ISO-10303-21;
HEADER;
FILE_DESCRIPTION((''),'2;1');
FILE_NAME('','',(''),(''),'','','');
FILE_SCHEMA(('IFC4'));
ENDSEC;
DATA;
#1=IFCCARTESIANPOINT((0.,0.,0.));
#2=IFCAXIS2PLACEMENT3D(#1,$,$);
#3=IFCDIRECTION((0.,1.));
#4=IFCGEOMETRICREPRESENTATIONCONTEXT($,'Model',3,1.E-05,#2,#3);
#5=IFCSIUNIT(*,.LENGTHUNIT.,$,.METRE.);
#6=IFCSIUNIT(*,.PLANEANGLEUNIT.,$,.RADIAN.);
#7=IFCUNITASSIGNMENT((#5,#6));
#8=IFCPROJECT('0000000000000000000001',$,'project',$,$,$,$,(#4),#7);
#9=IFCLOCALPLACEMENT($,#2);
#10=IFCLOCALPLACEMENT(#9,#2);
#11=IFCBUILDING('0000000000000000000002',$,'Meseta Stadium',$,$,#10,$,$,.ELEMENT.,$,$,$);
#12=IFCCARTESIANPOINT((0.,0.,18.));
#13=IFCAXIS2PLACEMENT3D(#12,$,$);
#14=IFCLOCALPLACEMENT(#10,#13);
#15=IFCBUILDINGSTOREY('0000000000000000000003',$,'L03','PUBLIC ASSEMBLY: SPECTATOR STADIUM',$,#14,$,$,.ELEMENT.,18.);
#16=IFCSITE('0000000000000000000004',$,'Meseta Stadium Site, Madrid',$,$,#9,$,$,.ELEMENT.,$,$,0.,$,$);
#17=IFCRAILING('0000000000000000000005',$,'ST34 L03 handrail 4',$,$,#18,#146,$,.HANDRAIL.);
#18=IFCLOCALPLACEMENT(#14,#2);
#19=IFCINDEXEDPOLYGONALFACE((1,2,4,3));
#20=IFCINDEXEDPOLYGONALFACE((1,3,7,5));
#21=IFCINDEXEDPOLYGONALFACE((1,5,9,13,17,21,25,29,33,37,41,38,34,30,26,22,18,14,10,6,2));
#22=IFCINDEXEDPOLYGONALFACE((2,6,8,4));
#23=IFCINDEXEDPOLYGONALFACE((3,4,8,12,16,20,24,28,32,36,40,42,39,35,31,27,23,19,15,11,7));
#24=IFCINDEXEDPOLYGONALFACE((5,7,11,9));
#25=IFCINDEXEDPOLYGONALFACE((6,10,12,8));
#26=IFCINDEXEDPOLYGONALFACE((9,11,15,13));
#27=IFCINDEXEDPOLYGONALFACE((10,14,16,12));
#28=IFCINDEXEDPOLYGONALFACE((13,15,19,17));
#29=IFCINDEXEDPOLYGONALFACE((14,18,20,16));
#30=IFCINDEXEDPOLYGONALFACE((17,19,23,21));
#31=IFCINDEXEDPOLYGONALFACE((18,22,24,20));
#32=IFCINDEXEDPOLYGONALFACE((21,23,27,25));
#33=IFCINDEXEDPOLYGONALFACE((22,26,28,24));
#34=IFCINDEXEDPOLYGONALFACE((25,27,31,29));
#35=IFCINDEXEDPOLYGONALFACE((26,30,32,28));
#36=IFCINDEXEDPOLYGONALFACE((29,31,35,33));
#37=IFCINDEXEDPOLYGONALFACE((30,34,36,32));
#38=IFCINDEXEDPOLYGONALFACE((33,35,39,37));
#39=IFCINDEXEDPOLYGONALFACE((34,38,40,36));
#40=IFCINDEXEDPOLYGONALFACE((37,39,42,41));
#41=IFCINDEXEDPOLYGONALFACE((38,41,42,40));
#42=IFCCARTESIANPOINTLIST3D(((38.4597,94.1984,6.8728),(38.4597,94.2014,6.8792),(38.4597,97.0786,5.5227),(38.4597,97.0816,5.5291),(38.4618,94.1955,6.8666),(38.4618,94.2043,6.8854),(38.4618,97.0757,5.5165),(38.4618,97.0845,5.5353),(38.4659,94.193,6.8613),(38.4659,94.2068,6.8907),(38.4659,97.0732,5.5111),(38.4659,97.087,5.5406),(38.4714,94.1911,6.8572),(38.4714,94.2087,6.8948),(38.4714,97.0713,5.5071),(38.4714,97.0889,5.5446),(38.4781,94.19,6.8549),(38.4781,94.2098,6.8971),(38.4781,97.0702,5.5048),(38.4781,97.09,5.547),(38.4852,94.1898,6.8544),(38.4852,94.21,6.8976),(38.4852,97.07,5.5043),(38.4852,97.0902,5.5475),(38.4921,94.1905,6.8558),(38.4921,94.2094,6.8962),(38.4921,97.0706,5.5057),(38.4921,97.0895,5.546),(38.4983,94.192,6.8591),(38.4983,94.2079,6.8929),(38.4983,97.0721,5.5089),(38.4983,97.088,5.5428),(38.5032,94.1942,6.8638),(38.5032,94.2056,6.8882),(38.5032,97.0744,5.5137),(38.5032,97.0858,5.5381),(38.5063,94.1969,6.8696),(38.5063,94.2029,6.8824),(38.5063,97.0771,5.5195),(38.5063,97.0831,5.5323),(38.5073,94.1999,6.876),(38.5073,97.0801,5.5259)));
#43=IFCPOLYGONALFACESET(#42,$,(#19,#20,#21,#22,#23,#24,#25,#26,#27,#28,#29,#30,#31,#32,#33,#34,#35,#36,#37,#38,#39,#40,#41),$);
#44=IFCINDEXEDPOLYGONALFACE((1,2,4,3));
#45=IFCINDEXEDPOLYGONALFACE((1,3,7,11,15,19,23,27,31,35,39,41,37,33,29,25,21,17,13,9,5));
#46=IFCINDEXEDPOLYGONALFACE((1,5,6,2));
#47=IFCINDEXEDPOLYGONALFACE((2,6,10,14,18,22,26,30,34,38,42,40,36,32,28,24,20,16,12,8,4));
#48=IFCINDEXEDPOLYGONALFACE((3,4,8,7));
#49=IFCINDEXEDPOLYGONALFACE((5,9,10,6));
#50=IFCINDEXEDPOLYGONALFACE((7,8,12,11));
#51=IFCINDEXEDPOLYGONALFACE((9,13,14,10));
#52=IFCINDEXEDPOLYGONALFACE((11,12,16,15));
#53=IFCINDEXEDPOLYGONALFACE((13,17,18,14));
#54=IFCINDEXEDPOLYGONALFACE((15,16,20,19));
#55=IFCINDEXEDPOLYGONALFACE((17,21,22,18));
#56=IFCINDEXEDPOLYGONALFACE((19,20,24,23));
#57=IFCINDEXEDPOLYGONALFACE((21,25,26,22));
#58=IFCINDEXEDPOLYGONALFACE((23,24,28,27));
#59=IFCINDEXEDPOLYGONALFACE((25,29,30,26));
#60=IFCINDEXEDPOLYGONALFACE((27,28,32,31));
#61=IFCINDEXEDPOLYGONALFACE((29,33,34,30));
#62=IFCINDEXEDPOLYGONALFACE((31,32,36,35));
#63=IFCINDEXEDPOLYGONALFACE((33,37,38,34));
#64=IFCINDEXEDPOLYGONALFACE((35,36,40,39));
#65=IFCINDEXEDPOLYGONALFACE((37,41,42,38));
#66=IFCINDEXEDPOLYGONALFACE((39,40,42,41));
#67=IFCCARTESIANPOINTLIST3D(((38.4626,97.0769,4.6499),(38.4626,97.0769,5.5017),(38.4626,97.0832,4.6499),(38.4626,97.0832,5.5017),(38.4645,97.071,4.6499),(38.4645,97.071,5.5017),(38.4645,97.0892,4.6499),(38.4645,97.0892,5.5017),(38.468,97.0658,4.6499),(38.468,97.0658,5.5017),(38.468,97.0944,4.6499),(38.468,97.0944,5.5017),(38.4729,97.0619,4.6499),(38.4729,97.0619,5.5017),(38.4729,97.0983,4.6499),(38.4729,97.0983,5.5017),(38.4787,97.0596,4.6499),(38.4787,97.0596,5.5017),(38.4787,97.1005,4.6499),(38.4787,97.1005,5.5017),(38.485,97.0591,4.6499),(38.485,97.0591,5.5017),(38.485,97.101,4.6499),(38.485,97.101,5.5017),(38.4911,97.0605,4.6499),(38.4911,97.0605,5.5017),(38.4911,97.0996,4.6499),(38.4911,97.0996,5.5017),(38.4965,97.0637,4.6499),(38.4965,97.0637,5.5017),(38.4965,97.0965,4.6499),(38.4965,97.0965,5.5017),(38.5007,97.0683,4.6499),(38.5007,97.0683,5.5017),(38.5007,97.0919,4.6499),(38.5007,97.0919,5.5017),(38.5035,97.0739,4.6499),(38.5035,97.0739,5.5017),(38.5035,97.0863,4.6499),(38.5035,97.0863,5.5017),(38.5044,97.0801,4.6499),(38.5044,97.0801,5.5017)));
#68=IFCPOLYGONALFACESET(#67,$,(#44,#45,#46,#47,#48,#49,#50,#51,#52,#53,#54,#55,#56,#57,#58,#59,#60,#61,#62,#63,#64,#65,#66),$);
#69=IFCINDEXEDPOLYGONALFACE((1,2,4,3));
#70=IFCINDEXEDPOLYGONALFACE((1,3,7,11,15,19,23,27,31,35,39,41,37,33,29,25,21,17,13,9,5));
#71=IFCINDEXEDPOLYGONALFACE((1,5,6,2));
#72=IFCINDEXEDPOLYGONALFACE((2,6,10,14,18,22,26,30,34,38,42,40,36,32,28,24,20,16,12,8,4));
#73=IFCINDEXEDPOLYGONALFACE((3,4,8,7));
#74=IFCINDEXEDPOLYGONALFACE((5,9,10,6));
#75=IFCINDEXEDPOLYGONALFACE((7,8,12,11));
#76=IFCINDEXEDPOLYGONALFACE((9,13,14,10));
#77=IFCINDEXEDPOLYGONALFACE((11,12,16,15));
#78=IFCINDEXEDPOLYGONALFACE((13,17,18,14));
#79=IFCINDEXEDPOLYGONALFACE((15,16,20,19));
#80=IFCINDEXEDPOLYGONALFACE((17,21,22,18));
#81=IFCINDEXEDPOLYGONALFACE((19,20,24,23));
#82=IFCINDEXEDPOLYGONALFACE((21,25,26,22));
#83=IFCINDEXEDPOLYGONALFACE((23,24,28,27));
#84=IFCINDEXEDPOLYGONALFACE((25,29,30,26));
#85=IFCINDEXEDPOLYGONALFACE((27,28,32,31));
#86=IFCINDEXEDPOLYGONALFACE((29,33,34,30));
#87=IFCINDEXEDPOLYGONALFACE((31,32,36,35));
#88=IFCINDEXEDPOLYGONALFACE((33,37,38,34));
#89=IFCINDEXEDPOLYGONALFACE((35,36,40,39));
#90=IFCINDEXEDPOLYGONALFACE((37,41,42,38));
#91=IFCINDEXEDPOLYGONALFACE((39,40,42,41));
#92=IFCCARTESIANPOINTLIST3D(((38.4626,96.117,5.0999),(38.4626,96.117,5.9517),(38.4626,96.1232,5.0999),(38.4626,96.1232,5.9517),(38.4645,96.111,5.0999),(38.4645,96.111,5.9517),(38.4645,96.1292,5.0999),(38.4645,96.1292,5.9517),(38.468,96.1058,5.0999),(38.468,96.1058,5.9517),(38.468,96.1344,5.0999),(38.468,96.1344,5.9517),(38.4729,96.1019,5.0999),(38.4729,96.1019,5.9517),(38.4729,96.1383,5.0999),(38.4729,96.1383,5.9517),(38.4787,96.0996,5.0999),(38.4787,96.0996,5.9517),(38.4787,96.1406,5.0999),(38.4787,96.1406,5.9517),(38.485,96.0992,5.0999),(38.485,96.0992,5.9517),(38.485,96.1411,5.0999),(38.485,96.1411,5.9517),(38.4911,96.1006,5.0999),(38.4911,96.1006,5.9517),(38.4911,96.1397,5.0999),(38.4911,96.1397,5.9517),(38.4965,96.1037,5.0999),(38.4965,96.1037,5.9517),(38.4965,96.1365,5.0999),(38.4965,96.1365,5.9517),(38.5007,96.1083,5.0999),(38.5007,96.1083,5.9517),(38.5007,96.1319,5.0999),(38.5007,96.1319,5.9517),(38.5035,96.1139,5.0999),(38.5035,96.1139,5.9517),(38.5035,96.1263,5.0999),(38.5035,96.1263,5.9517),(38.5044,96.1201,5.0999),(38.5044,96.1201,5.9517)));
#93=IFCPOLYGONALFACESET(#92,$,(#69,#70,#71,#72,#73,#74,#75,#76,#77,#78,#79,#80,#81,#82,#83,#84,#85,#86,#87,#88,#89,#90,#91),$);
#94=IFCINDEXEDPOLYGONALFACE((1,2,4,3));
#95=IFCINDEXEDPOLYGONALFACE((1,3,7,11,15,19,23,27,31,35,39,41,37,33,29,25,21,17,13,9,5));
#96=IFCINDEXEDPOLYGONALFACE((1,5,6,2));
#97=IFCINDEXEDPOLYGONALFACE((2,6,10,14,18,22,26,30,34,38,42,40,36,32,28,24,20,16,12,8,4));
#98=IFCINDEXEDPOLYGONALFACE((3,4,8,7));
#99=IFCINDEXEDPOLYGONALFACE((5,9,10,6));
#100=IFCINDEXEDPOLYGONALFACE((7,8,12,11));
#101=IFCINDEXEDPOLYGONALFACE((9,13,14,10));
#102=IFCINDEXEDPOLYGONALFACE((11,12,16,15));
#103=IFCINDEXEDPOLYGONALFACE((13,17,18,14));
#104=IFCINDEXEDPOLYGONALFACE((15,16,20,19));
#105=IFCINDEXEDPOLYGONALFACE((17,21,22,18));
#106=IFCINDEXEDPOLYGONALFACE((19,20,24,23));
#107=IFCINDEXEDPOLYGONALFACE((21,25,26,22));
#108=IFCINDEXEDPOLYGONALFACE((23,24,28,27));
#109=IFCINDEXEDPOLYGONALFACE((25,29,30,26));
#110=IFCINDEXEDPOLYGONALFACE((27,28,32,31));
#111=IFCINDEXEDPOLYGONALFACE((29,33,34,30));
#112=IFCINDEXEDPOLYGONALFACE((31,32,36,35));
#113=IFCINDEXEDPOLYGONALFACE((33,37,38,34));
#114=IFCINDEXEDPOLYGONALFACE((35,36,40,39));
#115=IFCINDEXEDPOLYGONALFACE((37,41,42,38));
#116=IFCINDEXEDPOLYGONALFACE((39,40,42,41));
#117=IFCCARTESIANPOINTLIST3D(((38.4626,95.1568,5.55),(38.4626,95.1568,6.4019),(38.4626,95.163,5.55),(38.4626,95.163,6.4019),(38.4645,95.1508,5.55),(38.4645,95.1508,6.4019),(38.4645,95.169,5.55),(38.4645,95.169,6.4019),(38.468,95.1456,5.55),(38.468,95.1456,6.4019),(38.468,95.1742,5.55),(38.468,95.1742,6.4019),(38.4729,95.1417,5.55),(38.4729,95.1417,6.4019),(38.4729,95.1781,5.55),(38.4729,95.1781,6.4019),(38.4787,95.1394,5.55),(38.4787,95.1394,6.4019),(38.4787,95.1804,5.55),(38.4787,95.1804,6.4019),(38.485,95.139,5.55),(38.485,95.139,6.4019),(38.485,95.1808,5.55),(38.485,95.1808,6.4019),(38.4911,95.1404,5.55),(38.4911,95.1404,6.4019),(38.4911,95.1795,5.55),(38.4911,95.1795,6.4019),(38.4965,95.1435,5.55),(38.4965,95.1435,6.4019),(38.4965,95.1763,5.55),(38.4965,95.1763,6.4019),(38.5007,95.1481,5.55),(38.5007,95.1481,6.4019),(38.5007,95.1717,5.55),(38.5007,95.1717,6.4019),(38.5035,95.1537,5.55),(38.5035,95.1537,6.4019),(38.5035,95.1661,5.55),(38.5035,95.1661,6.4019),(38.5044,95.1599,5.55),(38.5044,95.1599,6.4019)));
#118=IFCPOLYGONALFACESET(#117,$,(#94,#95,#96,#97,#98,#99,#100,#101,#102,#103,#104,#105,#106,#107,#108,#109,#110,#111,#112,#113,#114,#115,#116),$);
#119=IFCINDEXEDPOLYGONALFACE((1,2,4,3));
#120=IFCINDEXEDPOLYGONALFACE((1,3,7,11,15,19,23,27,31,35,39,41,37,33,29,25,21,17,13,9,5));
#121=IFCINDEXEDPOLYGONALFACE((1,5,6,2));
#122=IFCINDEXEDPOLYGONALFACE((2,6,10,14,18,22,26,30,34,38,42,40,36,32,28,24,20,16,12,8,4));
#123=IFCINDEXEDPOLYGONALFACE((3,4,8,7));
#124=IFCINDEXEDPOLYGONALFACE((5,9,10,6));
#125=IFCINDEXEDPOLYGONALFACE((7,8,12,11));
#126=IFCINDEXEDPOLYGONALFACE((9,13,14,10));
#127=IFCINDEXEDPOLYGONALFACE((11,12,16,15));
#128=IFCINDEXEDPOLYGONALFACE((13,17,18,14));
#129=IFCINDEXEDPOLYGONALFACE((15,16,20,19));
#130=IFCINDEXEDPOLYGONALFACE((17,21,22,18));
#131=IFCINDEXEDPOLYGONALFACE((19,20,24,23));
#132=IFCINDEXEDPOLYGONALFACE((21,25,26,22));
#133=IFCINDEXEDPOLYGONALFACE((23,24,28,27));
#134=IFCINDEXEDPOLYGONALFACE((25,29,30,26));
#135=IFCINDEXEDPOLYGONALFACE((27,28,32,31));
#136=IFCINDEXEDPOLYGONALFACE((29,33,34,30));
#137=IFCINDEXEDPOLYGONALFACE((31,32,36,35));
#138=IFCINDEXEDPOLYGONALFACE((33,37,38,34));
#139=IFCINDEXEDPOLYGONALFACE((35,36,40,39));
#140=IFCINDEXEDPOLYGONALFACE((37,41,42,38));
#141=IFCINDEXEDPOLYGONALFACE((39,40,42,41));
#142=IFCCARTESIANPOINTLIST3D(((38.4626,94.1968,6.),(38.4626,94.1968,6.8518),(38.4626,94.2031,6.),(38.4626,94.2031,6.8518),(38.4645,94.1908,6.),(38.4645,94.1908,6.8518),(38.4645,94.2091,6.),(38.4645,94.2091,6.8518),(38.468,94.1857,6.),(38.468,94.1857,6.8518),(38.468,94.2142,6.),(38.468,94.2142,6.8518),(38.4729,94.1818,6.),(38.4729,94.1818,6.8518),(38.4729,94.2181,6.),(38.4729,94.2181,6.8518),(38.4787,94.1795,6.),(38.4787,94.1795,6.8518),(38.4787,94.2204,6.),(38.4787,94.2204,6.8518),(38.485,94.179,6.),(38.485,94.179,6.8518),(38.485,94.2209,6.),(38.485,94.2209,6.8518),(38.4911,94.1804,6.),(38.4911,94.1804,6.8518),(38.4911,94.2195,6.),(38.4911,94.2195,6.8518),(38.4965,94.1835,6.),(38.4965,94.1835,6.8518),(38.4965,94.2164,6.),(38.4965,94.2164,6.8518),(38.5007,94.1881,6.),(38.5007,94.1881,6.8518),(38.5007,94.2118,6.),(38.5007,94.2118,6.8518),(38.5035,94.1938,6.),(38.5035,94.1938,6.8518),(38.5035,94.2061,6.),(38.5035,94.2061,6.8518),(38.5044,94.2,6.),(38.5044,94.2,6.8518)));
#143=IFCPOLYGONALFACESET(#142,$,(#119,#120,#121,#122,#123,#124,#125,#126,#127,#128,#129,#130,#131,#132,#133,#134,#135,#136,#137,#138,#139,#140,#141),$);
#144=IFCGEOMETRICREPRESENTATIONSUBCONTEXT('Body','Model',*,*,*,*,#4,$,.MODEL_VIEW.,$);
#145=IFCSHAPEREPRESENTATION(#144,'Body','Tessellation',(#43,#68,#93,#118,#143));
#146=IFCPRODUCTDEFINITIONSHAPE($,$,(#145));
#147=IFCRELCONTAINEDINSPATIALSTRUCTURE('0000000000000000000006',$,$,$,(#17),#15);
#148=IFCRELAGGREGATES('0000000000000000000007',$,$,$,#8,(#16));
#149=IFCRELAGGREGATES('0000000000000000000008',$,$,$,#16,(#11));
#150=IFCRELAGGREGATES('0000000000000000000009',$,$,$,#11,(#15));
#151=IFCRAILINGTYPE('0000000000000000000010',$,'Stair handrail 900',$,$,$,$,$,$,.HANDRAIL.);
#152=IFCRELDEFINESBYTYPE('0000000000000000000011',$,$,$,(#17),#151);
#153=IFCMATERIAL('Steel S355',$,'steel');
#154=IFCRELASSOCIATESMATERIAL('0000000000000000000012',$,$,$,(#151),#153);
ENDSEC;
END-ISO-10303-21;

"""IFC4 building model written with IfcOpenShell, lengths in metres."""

from ifc_helpers import new_model, si_unit, direction, frame, origin, origin_2d, place, context, subcontext, project, spatial, circle, extrude, material, type_object, element, save


model = new_model("IFC4")

# Units and contexts
model_context = context("Model", 3, precision=1e-05, world=origin(), true_north=direction((0.0, 1.0)))
body_context = subcontext(model_context, "Body", "Model", "MODEL_VIEW")
ifc_project = project(units=[si_unit("LENGTHUNIT", "METRE"), si_unit("PLANEANGLEUNIT", "RADIAN")], contexts=[model_context])

# Site, building, storey
site_placement = place(None, origin())
site = spatial("IfcSite", under=ifc_project, at=site_placement, Name="Meseta Stadium Site, Madrid", CompositionType="ELEMENT", RefElevation=0.0)
building_placement = place(site_placement, origin())
building = spatial("IfcBuilding", under=site, at=building_placement, Name="Meseta Stadium", CompositionType="ELEMENT")
storey_placement = place(building_placement, frame((0.0, 0.0, 18.0)))
storey = spatial("IfcBuildingStorey", under=building, at=storey_placement, Name="L03", Description="PUBLIC ASSEMBLY: SPECTATOR STADIUM", CompositionType="ELEMENT", Elevation=18.0)

# Railing
ifc_material_1 = material(Name="Steel S355", Category="steel")
railing_type_1 = type_object("IfcRailingType", Name="Stair handrail 900", PredefinedType="HANDRAIL", material=ifc_material_1)
for number, where, name in (
    (1, (38.4834, 97.0801, 4.6499), "ST34 L03 handrail 4"),
):
    element("IfcRailing", number, at=place(storey_placement, frame(where)), inside=storey, type_object=railing_type_1, Name=name, PredefinedType="HANDRAIL", context=body_context, shape_type="SweptSolid", body=[
        extrude(circle(Radius=0.0239, at=origin_2d()), frame((0.0, 0.0, 0.876), z_axis=(0.0, -0.905454, 0.424444), x_axis=(1.0, 0.0, 0.0)), (0.0, 0.0, 1.0), 3.1809),
        extrude(circle(Radius=0.021, at=origin_2d()), origin(), (0.0, 0.0, 1.0), 0.8518),
        extrude(circle(Radius=0.021, at=origin_2d()), frame((0.0, -0.96, 0.45)), (0.0, 0.0, 1.0), 0.8518),
        extrude(circle(Radius=0.021, at=origin_2d()), frame((0.0, -1.9202, 0.9001)), (0.0, 0.0, 1.0), 0.8518),
        extrude(circle(Radius=0.021, at=origin_2d()), frame((0.0, -2.8801, 1.3501)), (0.0, 0.0, 1.0), 0.8518),
    ])

save(model, "model.ifc")
